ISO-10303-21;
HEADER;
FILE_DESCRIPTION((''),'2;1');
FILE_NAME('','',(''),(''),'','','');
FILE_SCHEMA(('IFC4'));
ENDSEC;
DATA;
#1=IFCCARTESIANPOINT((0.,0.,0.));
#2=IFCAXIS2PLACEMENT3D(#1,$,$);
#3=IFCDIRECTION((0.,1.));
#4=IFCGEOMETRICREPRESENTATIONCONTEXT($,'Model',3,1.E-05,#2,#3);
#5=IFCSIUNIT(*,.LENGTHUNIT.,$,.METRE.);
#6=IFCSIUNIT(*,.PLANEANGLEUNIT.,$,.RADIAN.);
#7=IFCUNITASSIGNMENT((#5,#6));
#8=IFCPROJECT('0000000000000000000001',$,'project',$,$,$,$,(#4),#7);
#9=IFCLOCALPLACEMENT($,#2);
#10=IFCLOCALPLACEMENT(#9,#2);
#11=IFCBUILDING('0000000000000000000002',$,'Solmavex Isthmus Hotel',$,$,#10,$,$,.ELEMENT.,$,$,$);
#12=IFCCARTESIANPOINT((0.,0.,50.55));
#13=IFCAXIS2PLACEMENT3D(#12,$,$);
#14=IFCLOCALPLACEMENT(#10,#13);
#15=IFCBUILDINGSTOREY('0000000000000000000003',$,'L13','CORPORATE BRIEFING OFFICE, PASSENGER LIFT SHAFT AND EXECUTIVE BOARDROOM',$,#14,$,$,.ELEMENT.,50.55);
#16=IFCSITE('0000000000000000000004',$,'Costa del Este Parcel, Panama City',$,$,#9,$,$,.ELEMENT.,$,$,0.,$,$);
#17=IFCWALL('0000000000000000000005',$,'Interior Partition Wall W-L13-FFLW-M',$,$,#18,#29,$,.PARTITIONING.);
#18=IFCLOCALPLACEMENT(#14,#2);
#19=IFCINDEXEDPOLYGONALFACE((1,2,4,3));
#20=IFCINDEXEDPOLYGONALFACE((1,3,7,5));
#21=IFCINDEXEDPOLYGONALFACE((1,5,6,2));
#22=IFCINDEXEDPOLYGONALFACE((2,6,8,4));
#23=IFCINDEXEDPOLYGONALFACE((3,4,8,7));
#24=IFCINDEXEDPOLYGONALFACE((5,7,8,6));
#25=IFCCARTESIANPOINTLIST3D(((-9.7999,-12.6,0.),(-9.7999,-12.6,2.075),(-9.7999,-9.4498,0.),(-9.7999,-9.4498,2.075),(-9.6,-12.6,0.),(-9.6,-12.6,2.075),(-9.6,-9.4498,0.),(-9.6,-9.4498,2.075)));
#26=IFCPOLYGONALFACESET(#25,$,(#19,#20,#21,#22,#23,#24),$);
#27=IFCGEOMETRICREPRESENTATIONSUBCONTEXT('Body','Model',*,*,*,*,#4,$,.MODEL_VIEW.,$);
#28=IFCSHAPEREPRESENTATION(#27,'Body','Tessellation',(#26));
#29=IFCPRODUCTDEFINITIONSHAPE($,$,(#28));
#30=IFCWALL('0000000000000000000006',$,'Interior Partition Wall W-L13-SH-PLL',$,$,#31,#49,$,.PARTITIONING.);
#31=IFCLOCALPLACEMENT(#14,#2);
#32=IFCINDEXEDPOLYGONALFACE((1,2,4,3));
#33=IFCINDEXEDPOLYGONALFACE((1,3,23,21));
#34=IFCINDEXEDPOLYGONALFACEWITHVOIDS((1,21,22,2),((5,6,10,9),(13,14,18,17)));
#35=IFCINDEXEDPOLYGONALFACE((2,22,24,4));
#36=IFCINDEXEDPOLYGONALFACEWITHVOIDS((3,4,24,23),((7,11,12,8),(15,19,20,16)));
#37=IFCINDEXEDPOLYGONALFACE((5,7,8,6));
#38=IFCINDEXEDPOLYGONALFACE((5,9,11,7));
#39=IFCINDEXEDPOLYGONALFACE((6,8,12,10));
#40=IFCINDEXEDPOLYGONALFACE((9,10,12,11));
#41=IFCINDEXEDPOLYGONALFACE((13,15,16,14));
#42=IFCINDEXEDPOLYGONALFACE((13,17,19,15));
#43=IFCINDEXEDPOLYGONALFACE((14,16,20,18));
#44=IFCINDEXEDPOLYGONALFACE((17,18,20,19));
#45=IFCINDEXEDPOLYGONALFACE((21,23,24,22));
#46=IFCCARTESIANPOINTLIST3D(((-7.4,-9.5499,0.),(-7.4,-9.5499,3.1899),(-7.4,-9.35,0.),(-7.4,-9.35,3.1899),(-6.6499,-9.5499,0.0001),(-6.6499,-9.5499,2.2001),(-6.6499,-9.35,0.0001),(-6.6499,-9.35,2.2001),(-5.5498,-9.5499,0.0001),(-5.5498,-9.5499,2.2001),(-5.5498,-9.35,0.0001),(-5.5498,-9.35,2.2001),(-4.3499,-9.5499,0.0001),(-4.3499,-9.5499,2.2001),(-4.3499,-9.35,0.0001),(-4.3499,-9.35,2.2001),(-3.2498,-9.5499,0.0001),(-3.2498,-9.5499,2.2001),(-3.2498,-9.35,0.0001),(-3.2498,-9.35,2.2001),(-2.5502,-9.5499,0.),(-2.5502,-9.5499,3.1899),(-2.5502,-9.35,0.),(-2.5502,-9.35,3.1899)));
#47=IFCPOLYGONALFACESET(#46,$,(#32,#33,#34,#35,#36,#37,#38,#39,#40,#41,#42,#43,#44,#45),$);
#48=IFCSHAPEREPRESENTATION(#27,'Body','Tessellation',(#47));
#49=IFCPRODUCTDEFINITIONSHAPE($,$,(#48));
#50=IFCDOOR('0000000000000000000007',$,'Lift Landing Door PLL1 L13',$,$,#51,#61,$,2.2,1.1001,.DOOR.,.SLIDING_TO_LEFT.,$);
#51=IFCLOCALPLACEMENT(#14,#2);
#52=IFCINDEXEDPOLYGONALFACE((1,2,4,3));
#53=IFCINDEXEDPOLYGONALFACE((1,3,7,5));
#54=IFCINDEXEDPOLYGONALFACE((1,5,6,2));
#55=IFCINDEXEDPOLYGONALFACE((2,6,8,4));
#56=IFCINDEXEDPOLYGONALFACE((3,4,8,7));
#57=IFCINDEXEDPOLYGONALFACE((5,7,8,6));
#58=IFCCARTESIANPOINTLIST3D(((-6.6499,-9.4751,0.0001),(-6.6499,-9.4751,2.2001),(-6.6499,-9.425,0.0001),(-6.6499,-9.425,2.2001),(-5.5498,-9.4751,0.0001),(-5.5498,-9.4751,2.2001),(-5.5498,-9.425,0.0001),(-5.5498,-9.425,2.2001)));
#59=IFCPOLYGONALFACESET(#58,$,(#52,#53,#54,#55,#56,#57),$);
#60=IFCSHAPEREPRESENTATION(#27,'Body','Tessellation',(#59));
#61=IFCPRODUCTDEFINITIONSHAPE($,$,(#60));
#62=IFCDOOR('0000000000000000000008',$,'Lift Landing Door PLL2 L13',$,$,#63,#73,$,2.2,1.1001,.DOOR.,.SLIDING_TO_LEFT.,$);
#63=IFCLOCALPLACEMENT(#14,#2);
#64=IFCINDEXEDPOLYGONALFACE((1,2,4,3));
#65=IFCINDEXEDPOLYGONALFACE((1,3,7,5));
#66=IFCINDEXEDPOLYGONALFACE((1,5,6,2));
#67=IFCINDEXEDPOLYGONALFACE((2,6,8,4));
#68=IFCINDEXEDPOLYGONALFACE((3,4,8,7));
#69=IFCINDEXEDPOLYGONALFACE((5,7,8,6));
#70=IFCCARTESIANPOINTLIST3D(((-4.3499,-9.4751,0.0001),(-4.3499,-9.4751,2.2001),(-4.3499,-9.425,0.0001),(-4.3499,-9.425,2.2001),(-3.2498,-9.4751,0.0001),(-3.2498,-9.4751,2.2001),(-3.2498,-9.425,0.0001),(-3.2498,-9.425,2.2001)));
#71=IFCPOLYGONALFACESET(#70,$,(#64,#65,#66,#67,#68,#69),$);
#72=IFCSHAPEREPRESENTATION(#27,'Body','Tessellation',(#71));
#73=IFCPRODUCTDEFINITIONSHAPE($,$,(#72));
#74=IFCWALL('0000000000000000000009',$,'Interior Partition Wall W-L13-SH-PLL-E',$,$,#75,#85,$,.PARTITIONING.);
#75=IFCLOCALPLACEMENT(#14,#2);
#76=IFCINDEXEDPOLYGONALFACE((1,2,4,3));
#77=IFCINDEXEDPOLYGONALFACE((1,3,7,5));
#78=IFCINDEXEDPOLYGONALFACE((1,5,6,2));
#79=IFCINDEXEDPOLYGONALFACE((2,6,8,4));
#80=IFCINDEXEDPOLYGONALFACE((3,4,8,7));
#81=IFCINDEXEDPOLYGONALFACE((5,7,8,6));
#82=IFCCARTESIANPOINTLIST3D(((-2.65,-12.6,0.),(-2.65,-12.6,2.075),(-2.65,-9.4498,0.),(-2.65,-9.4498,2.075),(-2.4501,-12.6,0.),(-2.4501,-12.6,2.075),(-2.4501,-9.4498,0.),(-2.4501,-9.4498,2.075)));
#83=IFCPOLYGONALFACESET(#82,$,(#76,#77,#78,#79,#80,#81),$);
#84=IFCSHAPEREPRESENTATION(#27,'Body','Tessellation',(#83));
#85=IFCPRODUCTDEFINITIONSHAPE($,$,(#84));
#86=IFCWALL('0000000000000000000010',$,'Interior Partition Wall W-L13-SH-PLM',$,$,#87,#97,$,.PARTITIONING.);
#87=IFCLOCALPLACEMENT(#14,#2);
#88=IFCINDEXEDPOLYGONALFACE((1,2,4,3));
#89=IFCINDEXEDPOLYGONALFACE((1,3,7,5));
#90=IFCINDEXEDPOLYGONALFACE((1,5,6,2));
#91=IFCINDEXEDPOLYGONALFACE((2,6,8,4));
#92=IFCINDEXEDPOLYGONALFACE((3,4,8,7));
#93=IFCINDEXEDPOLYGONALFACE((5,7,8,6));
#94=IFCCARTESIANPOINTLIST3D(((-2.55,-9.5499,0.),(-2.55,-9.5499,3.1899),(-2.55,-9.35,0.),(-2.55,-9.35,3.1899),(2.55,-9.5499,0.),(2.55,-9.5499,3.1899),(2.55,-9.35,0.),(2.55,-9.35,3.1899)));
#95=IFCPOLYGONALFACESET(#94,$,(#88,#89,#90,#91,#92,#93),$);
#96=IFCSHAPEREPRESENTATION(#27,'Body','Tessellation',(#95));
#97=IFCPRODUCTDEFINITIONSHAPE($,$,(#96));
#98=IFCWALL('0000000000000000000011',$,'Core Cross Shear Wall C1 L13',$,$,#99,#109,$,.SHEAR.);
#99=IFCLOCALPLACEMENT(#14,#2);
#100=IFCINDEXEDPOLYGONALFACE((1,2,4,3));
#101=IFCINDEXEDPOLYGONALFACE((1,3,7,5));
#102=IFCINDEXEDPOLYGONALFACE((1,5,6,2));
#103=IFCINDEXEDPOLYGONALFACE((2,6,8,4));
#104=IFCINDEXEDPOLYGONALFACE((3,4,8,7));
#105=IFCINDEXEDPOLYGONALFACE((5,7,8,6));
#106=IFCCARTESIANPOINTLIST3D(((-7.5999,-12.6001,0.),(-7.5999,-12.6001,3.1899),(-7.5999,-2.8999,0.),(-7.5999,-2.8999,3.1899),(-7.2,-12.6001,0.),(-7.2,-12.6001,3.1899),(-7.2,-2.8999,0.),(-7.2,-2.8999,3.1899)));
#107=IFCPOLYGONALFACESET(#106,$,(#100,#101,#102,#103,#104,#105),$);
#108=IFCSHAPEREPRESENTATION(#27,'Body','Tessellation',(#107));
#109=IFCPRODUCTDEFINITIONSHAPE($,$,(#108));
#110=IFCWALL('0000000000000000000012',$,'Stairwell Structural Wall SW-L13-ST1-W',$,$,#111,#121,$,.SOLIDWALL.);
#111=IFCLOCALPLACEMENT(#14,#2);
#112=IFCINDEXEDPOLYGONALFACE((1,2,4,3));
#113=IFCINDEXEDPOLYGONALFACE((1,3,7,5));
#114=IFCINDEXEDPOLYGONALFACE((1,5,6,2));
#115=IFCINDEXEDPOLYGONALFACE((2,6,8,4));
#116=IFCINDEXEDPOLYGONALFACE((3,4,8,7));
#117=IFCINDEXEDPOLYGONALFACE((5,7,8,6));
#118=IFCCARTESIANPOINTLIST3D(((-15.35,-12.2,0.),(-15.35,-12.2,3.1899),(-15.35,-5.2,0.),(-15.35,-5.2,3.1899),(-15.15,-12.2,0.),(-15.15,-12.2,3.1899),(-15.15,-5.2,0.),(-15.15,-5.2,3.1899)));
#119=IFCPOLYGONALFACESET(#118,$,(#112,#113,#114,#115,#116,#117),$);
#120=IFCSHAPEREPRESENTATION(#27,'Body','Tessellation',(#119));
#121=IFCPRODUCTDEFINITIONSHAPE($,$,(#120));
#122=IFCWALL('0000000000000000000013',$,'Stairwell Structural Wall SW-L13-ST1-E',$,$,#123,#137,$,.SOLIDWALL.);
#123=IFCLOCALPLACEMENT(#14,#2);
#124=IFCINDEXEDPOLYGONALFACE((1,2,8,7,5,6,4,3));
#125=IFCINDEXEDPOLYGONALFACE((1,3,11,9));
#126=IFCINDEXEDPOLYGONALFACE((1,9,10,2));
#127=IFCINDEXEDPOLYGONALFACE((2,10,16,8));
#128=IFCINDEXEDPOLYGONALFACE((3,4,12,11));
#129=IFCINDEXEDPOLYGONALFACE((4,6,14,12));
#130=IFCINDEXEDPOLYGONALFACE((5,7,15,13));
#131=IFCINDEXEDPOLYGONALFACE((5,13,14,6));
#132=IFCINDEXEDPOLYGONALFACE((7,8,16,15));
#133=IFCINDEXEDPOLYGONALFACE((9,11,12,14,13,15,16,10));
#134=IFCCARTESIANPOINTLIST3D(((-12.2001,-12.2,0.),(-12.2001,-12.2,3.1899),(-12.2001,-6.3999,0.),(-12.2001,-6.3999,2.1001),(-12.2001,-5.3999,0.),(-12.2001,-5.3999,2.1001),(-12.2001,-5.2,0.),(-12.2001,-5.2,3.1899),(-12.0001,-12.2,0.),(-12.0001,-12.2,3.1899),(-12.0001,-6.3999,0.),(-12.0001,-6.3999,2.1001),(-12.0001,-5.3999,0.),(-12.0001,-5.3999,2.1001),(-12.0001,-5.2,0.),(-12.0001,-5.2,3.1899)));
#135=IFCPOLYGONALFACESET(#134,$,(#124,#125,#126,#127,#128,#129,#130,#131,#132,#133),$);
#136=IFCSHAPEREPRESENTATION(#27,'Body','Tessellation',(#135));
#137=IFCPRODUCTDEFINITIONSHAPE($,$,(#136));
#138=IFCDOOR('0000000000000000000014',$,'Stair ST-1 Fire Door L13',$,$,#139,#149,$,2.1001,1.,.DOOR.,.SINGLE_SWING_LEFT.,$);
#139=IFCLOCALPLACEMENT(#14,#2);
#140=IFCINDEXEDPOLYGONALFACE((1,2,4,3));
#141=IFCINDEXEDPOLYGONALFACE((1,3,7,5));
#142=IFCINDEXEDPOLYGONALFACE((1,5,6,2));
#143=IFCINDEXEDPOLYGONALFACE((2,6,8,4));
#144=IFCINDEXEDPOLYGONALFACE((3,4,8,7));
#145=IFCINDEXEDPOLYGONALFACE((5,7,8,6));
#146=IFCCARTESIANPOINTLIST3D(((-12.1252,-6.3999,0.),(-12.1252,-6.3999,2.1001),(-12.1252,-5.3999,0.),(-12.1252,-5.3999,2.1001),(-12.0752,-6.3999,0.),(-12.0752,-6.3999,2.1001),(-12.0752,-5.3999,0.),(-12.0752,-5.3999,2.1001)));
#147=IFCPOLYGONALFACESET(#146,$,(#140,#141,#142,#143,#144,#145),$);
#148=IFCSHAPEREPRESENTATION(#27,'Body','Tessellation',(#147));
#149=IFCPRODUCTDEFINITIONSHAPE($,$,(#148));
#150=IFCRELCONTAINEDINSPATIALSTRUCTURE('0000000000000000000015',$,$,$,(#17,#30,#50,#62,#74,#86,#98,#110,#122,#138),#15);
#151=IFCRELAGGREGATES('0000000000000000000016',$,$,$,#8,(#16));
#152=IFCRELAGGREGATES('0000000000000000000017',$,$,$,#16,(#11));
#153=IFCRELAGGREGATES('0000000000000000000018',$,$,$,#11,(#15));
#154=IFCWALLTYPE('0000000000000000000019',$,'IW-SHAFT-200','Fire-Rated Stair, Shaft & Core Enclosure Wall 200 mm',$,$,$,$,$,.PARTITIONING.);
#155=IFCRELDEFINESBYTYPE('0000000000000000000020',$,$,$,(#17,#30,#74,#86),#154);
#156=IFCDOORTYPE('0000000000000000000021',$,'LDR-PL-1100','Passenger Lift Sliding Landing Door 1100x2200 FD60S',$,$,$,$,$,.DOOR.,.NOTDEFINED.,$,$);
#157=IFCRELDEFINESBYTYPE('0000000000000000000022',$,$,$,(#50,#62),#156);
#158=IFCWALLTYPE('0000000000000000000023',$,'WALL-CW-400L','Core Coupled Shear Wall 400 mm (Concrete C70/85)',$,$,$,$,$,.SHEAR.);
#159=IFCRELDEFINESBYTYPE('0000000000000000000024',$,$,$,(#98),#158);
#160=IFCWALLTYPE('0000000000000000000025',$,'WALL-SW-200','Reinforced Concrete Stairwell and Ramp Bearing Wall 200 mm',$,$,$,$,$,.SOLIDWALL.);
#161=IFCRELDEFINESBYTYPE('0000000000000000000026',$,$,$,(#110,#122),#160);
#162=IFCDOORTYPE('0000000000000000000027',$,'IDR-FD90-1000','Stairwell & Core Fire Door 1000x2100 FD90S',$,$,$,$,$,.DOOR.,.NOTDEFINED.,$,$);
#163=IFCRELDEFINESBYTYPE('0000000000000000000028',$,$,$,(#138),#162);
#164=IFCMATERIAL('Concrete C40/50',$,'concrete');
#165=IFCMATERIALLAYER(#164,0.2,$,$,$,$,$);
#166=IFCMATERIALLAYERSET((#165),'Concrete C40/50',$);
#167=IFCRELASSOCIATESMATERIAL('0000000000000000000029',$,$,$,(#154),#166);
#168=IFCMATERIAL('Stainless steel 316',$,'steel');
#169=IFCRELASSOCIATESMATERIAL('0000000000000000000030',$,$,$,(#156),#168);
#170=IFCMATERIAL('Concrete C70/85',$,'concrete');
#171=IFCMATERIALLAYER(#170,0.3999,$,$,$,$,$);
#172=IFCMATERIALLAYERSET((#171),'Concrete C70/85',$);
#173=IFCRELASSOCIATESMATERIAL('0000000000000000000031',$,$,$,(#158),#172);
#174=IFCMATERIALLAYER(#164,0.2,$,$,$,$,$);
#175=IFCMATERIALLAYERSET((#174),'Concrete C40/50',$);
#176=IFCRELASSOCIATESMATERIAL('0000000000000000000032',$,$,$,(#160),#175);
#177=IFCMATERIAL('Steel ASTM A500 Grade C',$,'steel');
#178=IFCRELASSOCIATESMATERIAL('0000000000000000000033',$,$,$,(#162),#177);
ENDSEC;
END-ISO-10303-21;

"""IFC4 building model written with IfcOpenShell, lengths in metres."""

from ifc_helpers import new_model, si_unit, direction, frame, frame_2d, origin, place, context, subcontext, project, spatial, rectangle, extrude, material, layer, layer_set, type_object, element, fill, save


model = new_model("IFC4")

# Units and contexts
model_context = context("Model", 3, precision=1e-05, world=origin(), true_north=direction((0.0, 1.0)))
body_context = subcontext(model_context, "Body", "Model", "MODEL_VIEW")
ifc_project = project(units=[si_unit("LENGTHUNIT", "METRE"), si_unit("PLANEANGLEUNIT", "RADIAN")], contexts=[model_context])

# Site, building, storey
site_placement = place(None, origin())
site = spatial("IfcSite", under=ifc_project, at=site_placement, Name="Costa del Este Parcel, Panama City", CompositionType="ELEMENT", RefElevation=0.0)
building_placement = place(site_placement, origin())
building = spatial("IfcBuilding", under=site, at=building_placement, Name="Solmavex Isthmus Hotel", CompositionType="ELEMENT")
storey_placement = place(building_placement, frame((0.0, 0.0, 50.55)))
storey = spatial("IfcBuildingStorey", under=building, at=storey_placement, Name="L13", Description="CORPORATE BRIEFING OFFICE, PASSENGER LIFT SHAFT AND EXECUTIVE BOARDROOM", CompositionType="ELEMENT", Elevation=50.55)

# Shared definitions
ifc_material_1 = material(Name="Concrete C70/85", Category="concrete")

# Shared definitions
ifc_material_2 = material(Name="Concrete C40/50", Category="concrete")

# Shared definitions
ifc_layer_1 = layer(ifc_material_2, 0.2)
ifc_layer_set_1 = layer_set([ifc_layer_1], Name="Concrete C40/50")
wall_type_1 = type_object("IfcWallType", Name="IW-SHAFT-200", Description="Fire-Rated Stair, Shaft & Core Enclosure Wall 200 mm", PredefinedType="PARTITIONING", material=ifc_layer_set_1)
ifc_material_3 = material(Name="Stainless steel 316", Category="steel")

# Wall
wall_1_placement = place(storey_placement, frame((-9.7, -12.6001, 0.0), z_axis=(0.0, 0.0, 1.0), x_axis=(0.0, 1.0, 0.0)))
element("IfcWall", 1, at=wall_1_placement, inside=storey, type_object=wall_type_1, Name="Interior Partition Wall W-L13-FFLW-M", PredefinedType="PARTITIONING", context=body_context, shape_type="SweptSolid", body=[
    extrude(rectangle(XDim=3.1501, YDim=0.2, at=frame_2d((1.5752, 0.0))), origin(), (0.0, 0.0, 1.0), 2.075),
])

# Wall, openings, doors
wall_2_placement = place(storey_placement, frame((-7.3999, -9.45, 0.0), z_axis=(0.0, 0.0, 1.0), x_axis=(1.0, 0.0, 0.0)))
wall_2 = element("IfcWall", 2, at=wall_2_placement, inside=storey, type_object=wall_type_1, Name="Interior Partition Wall W-L13-SH-PLL", PredefinedType="PARTITIONING", context=body_context, shape_type="SweptSolid", body=[
    extrude(rectangle(XDim=4.8499, YDim=0.2, at=frame_2d((2.4248, 0.0))), origin(), (0.0, 0.0, 1.0), 3.1899),
])
opening_1_placement = place(wall_2_placement, frame((0.75, 0.0, 0.0)))
opening_1 = element("IfcOpeningElement", 3, at=opening_1_placement, cuts=wall_2, PredefinedType="OPENING", context=body_context, shape_type="SweptSolid", body=[
    extrude(rectangle(XDim=1.1001, YDim=2.2, at=frame_2d((0.55, 1.1001))), frame((0.0, 0.1099, 0.0), z_axis=(0.0, -1.0, 0.0), x_axis=(1.0, 0.0, 0.0)), (0.0, 0.0, 1.0), 0.22),
])
opening_2_placement = place(wall_2_placement, frame((3.05, 0.0, 0.0)))
opening_2 = element("IfcOpeningElement", 4, at=opening_2_placement, cuts=wall_2, PredefinedType="OPENING", context=body_context, shape_type="SweptSolid", body=[
    extrude(rectangle(XDim=1.1001, YDim=2.2, at=frame_2d((0.55, 1.1001))), frame((0.0, 0.1099, 0.0), z_axis=(0.0, -1.0, 0.0), x_axis=(1.0, 0.0, 0.0)), (0.0, 0.0, 1.0), 0.22),
])
door_type_1 = type_object("IfcDoorType", Name="LDR-PL-1100", Description="Passenger Lift Sliding Landing Door 1100x2200 FD60S", OperationType="NOTDEFINED", PredefinedType="DOOR", material=ifc_material_3)
door_1_placement = place(opening_1_placement, origin())
door_1 = element("IfcDoor", 5, at=door_1_placement, inside=storey, type_object=door_type_1, Name="Lift Landing Door PLL1 L13", OperationType="SLIDING_TO_LEFT", OverallHeight=2.2, OverallWidth=1.1001, PredefinedType="DOOR", context=body_context, shape_type="SweptSolid", body=[
    extrude(rectangle(XDim=1.1001, YDim=2.2, at=frame_2d((0.55, 1.1001))), frame((0.0, 0.0249, 0.0), z_axis=(0.0, -1.0, 0.0), x_axis=(1.0, 0.0, 0.0)), (0.0, 0.0, 1.0), 0.05),
])
fill(opening_1, door_1)
door_2_placement = place(opening_2_placement, origin())
door_2 = element("IfcDoor", 6, at=door_2_placement, inside=storey, type_object=door_type_1, Name="Lift Landing Door PLL2 L13", OperationType="SLIDING_TO_LEFT", OverallHeight=2.2, OverallWidth=1.1001, PredefinedType="DOOR", context=body_context, shape_type="SweptSolid", body=[
    extrude(rectangle(XDim=1.1001, YDim=2.2, at=frame_2d((0.55, 1.1001))), frame((0.0, 0.0249, 0.0), z_axis=(0.0, -1.0, 0.0), x_axis=(1.0, 0.0, 0.0)), (0.0, 0.0, 1.0), 0.05),
])
fill(opening_2, door_2)

# Walls
wall_3_placement = place(storey_placement, frame((-2.55, -12.6001, 0.0), z_axis=(0.0, 0.0, 1.0), x_axis=(0.0, 1.0, 0.0)))
element("IfcWall", 7, at=wall_3_placement, inside=storey, type_object=wall_type_1, Name="Interior Partition Wall W-L13-SH-PLL-E", PredefinedType="PARTITIONING", context=body_context, shape_type="SweptSolid", body=[
    extrude(rectangle(XDim=3.1501, YDim=0.2, at=frame_2d((1.5752, 0.0))), origin(), (0.0, 0.0, 1.0), 2.075),
])
wall_4_placement = place(storey_placement, frame((-2.55, -9.45, 0.0), z_axis=(0.0, 0.0, 1.0), x_axis=(1.0, 0.0, 0.0)))
element("IfcWall", 8, at=wall_4_placement, inside=storey, type_object=wall_type_1, Name="Interior Partition Wall W-L13-SH-PLM", PredefinedType="PARTITIONING", context=body_context, shape_type="SweptSolid", body=[
    extrude(rectangle(XDim=5.1001, YDim=0.2, at=frame_2d((2.55, 0.0))), origin(), (0.0, 0.0, 1.0), 3.1899),
])
ifc_layer_2 = layer(ifc_material_1, 0.3999)
ifc_layer_set_2 = layer_set([ifc_layer_2], Name="Concrete C70/85")
wall_type_2 = type_object("IfcWallType", Name="WALL-CW-400L", Description="Core Coupled Shear Wall 400 mm (Concrete C70/85)", PredefinedType="SHEAR", material=ifc_layer_set_2)
wall_5_placement = place(storey_placement, frame((-7.3999, -12.6001, 0.0), z_axis=(0.0, 0.0, 1.0), x_axis=(0.0, 1.0, 0.0)))
element("IfcWall", 9, at=wall_5_placement, inside=storey, type_object=wall_type_2, Name="Core Cross Shear Wall C1 L13", PredefinedType="SHEAR", context=body_context, shape_type="SweptSolid", body=[
    extrude(rectangle(XDim=9.7002, YDim=0.3999, at=frame_2d((4.8501, 0.0))), origin(), (0.0, 0.0, 1.0), 3.1899),
])
ifc_layer_3 = layer(ifc_material_2, 0.2)
ifc_layer_set_3 = layer_set([ifc_layer_3], Name="Concrete C40/50")
wall_type_3 = type_object("IfcWallType", Name="WALL-SW-200", Description="Reinforced Concrete Stairwell and Ramp Bearing Wall 200 mm", PredefinedType="SOLIDWALL", material=ifc_layer_set_3)
wall_6_placement = place(storey_placement, frame((-15.25, -12.2, 0.0), z_axis=(0.0, 0.0, 1.0), x_axis=(0.0, 1.0, 0.0)))
element("IfcWall", 10, at=wall_6_placement, inside=storey, type_object=wall_type_3, Name="Stairwell Structural Wall SW-L13-ST1-W", PredefinedType="SOLIDWALL", context=body_context, shape_type="SweptSolid", body=[
    extrude(rectangle(XDim=7.0, YDim=0.2, at=frame_2d((3.5, 0.0))), origin(), (0.0, 0.0, 1.0), 3.1899),
])

# Wall, opening, door
wall_7_placement = place(storey_placement, frame((-12.1001, -12.2, 0.0), z_axis=(0.0, 0.0, 1.0), x_axis=(0.0, 1.0, 0.0)))
wall_7 = element("IfcWall", 11, at=wall_7_placement, inside=storey, type_object=wall_type_3, Name="Stairwell Structural Wall SW-L13-ST1-E", PredefinedType="SOLIDWALL", context=body_context, shape_type="SweptSolid", body=[
    extrude(rectangle(XDim=7.0, YDim=0.2, at=frame_2d((3.5, 0.0))), origin(), (0.0, 0.0, 1.0), 3.1899),
])
opening_3_placement = place(wall_7_placement, frame((5.8, 0.0, 0.0)))
opening_3 = element("IfcOpeningElement", 12, at=opening_3_placement, cuts=wall_7, PredefinedType="OPENING", context=body_context, shape_type="SweptSolid", body=[
    extrude(rectangle(XDim=1.0, YDim=2.1001, at=frame_2d((0.5, 1.05))), frame((0.0, 0.1099, 0.0), z_axis=(0.0, -1.0, 0.0), x_axis=(1.0, 0.0, 0.0)), (0.0, 0.0, 1.0), 0.22),
])
ifc_material_4 = material(Name="Steel ASTM A500 Grade C", Category="steel")
door_type_2 = type_object("IfcDoorType", Name="IDR-FD90-1000", Description="Stairwell & Core Fire Door 1000x2100 FD90S", OperationType="NOTDEFINED", PredefinedType="DOOR", material=ifc_material_4)
door_3_placement = place(opening_3_placement, frame((1.0, 0.0, 0.0), z_axis=(0.0, 0.0, 1.0), x_axis=(-1.0, 0.0, 0.0)))
door_3 = element("IfcDoor", 13, at=door_3_placement, inside=storey, type_object=door_type_2, Name="Stair ST-1 Fire Door L13", OperationType="SINGLE_SWING_LEFT", OverallHeight=2.1001, OverallWidth=1.0, PredefinedType="DOOR", context=body_context, shape_type="SweptSolid", body=[
    extrude(rectangle(XDim=1.0, YDim=2.1001, at=frame_2d((0.5, 1.05))), frame((0.0, 0.0249, 0.0), z_axis=(0.0, -1.0, 0.0), x_axis=(1.0, 0.0, 0.0)), (0.0, 0.0, 1.0), 0.05),
])
fill(opening_3, door_3)

save(model, "model.ifc")
